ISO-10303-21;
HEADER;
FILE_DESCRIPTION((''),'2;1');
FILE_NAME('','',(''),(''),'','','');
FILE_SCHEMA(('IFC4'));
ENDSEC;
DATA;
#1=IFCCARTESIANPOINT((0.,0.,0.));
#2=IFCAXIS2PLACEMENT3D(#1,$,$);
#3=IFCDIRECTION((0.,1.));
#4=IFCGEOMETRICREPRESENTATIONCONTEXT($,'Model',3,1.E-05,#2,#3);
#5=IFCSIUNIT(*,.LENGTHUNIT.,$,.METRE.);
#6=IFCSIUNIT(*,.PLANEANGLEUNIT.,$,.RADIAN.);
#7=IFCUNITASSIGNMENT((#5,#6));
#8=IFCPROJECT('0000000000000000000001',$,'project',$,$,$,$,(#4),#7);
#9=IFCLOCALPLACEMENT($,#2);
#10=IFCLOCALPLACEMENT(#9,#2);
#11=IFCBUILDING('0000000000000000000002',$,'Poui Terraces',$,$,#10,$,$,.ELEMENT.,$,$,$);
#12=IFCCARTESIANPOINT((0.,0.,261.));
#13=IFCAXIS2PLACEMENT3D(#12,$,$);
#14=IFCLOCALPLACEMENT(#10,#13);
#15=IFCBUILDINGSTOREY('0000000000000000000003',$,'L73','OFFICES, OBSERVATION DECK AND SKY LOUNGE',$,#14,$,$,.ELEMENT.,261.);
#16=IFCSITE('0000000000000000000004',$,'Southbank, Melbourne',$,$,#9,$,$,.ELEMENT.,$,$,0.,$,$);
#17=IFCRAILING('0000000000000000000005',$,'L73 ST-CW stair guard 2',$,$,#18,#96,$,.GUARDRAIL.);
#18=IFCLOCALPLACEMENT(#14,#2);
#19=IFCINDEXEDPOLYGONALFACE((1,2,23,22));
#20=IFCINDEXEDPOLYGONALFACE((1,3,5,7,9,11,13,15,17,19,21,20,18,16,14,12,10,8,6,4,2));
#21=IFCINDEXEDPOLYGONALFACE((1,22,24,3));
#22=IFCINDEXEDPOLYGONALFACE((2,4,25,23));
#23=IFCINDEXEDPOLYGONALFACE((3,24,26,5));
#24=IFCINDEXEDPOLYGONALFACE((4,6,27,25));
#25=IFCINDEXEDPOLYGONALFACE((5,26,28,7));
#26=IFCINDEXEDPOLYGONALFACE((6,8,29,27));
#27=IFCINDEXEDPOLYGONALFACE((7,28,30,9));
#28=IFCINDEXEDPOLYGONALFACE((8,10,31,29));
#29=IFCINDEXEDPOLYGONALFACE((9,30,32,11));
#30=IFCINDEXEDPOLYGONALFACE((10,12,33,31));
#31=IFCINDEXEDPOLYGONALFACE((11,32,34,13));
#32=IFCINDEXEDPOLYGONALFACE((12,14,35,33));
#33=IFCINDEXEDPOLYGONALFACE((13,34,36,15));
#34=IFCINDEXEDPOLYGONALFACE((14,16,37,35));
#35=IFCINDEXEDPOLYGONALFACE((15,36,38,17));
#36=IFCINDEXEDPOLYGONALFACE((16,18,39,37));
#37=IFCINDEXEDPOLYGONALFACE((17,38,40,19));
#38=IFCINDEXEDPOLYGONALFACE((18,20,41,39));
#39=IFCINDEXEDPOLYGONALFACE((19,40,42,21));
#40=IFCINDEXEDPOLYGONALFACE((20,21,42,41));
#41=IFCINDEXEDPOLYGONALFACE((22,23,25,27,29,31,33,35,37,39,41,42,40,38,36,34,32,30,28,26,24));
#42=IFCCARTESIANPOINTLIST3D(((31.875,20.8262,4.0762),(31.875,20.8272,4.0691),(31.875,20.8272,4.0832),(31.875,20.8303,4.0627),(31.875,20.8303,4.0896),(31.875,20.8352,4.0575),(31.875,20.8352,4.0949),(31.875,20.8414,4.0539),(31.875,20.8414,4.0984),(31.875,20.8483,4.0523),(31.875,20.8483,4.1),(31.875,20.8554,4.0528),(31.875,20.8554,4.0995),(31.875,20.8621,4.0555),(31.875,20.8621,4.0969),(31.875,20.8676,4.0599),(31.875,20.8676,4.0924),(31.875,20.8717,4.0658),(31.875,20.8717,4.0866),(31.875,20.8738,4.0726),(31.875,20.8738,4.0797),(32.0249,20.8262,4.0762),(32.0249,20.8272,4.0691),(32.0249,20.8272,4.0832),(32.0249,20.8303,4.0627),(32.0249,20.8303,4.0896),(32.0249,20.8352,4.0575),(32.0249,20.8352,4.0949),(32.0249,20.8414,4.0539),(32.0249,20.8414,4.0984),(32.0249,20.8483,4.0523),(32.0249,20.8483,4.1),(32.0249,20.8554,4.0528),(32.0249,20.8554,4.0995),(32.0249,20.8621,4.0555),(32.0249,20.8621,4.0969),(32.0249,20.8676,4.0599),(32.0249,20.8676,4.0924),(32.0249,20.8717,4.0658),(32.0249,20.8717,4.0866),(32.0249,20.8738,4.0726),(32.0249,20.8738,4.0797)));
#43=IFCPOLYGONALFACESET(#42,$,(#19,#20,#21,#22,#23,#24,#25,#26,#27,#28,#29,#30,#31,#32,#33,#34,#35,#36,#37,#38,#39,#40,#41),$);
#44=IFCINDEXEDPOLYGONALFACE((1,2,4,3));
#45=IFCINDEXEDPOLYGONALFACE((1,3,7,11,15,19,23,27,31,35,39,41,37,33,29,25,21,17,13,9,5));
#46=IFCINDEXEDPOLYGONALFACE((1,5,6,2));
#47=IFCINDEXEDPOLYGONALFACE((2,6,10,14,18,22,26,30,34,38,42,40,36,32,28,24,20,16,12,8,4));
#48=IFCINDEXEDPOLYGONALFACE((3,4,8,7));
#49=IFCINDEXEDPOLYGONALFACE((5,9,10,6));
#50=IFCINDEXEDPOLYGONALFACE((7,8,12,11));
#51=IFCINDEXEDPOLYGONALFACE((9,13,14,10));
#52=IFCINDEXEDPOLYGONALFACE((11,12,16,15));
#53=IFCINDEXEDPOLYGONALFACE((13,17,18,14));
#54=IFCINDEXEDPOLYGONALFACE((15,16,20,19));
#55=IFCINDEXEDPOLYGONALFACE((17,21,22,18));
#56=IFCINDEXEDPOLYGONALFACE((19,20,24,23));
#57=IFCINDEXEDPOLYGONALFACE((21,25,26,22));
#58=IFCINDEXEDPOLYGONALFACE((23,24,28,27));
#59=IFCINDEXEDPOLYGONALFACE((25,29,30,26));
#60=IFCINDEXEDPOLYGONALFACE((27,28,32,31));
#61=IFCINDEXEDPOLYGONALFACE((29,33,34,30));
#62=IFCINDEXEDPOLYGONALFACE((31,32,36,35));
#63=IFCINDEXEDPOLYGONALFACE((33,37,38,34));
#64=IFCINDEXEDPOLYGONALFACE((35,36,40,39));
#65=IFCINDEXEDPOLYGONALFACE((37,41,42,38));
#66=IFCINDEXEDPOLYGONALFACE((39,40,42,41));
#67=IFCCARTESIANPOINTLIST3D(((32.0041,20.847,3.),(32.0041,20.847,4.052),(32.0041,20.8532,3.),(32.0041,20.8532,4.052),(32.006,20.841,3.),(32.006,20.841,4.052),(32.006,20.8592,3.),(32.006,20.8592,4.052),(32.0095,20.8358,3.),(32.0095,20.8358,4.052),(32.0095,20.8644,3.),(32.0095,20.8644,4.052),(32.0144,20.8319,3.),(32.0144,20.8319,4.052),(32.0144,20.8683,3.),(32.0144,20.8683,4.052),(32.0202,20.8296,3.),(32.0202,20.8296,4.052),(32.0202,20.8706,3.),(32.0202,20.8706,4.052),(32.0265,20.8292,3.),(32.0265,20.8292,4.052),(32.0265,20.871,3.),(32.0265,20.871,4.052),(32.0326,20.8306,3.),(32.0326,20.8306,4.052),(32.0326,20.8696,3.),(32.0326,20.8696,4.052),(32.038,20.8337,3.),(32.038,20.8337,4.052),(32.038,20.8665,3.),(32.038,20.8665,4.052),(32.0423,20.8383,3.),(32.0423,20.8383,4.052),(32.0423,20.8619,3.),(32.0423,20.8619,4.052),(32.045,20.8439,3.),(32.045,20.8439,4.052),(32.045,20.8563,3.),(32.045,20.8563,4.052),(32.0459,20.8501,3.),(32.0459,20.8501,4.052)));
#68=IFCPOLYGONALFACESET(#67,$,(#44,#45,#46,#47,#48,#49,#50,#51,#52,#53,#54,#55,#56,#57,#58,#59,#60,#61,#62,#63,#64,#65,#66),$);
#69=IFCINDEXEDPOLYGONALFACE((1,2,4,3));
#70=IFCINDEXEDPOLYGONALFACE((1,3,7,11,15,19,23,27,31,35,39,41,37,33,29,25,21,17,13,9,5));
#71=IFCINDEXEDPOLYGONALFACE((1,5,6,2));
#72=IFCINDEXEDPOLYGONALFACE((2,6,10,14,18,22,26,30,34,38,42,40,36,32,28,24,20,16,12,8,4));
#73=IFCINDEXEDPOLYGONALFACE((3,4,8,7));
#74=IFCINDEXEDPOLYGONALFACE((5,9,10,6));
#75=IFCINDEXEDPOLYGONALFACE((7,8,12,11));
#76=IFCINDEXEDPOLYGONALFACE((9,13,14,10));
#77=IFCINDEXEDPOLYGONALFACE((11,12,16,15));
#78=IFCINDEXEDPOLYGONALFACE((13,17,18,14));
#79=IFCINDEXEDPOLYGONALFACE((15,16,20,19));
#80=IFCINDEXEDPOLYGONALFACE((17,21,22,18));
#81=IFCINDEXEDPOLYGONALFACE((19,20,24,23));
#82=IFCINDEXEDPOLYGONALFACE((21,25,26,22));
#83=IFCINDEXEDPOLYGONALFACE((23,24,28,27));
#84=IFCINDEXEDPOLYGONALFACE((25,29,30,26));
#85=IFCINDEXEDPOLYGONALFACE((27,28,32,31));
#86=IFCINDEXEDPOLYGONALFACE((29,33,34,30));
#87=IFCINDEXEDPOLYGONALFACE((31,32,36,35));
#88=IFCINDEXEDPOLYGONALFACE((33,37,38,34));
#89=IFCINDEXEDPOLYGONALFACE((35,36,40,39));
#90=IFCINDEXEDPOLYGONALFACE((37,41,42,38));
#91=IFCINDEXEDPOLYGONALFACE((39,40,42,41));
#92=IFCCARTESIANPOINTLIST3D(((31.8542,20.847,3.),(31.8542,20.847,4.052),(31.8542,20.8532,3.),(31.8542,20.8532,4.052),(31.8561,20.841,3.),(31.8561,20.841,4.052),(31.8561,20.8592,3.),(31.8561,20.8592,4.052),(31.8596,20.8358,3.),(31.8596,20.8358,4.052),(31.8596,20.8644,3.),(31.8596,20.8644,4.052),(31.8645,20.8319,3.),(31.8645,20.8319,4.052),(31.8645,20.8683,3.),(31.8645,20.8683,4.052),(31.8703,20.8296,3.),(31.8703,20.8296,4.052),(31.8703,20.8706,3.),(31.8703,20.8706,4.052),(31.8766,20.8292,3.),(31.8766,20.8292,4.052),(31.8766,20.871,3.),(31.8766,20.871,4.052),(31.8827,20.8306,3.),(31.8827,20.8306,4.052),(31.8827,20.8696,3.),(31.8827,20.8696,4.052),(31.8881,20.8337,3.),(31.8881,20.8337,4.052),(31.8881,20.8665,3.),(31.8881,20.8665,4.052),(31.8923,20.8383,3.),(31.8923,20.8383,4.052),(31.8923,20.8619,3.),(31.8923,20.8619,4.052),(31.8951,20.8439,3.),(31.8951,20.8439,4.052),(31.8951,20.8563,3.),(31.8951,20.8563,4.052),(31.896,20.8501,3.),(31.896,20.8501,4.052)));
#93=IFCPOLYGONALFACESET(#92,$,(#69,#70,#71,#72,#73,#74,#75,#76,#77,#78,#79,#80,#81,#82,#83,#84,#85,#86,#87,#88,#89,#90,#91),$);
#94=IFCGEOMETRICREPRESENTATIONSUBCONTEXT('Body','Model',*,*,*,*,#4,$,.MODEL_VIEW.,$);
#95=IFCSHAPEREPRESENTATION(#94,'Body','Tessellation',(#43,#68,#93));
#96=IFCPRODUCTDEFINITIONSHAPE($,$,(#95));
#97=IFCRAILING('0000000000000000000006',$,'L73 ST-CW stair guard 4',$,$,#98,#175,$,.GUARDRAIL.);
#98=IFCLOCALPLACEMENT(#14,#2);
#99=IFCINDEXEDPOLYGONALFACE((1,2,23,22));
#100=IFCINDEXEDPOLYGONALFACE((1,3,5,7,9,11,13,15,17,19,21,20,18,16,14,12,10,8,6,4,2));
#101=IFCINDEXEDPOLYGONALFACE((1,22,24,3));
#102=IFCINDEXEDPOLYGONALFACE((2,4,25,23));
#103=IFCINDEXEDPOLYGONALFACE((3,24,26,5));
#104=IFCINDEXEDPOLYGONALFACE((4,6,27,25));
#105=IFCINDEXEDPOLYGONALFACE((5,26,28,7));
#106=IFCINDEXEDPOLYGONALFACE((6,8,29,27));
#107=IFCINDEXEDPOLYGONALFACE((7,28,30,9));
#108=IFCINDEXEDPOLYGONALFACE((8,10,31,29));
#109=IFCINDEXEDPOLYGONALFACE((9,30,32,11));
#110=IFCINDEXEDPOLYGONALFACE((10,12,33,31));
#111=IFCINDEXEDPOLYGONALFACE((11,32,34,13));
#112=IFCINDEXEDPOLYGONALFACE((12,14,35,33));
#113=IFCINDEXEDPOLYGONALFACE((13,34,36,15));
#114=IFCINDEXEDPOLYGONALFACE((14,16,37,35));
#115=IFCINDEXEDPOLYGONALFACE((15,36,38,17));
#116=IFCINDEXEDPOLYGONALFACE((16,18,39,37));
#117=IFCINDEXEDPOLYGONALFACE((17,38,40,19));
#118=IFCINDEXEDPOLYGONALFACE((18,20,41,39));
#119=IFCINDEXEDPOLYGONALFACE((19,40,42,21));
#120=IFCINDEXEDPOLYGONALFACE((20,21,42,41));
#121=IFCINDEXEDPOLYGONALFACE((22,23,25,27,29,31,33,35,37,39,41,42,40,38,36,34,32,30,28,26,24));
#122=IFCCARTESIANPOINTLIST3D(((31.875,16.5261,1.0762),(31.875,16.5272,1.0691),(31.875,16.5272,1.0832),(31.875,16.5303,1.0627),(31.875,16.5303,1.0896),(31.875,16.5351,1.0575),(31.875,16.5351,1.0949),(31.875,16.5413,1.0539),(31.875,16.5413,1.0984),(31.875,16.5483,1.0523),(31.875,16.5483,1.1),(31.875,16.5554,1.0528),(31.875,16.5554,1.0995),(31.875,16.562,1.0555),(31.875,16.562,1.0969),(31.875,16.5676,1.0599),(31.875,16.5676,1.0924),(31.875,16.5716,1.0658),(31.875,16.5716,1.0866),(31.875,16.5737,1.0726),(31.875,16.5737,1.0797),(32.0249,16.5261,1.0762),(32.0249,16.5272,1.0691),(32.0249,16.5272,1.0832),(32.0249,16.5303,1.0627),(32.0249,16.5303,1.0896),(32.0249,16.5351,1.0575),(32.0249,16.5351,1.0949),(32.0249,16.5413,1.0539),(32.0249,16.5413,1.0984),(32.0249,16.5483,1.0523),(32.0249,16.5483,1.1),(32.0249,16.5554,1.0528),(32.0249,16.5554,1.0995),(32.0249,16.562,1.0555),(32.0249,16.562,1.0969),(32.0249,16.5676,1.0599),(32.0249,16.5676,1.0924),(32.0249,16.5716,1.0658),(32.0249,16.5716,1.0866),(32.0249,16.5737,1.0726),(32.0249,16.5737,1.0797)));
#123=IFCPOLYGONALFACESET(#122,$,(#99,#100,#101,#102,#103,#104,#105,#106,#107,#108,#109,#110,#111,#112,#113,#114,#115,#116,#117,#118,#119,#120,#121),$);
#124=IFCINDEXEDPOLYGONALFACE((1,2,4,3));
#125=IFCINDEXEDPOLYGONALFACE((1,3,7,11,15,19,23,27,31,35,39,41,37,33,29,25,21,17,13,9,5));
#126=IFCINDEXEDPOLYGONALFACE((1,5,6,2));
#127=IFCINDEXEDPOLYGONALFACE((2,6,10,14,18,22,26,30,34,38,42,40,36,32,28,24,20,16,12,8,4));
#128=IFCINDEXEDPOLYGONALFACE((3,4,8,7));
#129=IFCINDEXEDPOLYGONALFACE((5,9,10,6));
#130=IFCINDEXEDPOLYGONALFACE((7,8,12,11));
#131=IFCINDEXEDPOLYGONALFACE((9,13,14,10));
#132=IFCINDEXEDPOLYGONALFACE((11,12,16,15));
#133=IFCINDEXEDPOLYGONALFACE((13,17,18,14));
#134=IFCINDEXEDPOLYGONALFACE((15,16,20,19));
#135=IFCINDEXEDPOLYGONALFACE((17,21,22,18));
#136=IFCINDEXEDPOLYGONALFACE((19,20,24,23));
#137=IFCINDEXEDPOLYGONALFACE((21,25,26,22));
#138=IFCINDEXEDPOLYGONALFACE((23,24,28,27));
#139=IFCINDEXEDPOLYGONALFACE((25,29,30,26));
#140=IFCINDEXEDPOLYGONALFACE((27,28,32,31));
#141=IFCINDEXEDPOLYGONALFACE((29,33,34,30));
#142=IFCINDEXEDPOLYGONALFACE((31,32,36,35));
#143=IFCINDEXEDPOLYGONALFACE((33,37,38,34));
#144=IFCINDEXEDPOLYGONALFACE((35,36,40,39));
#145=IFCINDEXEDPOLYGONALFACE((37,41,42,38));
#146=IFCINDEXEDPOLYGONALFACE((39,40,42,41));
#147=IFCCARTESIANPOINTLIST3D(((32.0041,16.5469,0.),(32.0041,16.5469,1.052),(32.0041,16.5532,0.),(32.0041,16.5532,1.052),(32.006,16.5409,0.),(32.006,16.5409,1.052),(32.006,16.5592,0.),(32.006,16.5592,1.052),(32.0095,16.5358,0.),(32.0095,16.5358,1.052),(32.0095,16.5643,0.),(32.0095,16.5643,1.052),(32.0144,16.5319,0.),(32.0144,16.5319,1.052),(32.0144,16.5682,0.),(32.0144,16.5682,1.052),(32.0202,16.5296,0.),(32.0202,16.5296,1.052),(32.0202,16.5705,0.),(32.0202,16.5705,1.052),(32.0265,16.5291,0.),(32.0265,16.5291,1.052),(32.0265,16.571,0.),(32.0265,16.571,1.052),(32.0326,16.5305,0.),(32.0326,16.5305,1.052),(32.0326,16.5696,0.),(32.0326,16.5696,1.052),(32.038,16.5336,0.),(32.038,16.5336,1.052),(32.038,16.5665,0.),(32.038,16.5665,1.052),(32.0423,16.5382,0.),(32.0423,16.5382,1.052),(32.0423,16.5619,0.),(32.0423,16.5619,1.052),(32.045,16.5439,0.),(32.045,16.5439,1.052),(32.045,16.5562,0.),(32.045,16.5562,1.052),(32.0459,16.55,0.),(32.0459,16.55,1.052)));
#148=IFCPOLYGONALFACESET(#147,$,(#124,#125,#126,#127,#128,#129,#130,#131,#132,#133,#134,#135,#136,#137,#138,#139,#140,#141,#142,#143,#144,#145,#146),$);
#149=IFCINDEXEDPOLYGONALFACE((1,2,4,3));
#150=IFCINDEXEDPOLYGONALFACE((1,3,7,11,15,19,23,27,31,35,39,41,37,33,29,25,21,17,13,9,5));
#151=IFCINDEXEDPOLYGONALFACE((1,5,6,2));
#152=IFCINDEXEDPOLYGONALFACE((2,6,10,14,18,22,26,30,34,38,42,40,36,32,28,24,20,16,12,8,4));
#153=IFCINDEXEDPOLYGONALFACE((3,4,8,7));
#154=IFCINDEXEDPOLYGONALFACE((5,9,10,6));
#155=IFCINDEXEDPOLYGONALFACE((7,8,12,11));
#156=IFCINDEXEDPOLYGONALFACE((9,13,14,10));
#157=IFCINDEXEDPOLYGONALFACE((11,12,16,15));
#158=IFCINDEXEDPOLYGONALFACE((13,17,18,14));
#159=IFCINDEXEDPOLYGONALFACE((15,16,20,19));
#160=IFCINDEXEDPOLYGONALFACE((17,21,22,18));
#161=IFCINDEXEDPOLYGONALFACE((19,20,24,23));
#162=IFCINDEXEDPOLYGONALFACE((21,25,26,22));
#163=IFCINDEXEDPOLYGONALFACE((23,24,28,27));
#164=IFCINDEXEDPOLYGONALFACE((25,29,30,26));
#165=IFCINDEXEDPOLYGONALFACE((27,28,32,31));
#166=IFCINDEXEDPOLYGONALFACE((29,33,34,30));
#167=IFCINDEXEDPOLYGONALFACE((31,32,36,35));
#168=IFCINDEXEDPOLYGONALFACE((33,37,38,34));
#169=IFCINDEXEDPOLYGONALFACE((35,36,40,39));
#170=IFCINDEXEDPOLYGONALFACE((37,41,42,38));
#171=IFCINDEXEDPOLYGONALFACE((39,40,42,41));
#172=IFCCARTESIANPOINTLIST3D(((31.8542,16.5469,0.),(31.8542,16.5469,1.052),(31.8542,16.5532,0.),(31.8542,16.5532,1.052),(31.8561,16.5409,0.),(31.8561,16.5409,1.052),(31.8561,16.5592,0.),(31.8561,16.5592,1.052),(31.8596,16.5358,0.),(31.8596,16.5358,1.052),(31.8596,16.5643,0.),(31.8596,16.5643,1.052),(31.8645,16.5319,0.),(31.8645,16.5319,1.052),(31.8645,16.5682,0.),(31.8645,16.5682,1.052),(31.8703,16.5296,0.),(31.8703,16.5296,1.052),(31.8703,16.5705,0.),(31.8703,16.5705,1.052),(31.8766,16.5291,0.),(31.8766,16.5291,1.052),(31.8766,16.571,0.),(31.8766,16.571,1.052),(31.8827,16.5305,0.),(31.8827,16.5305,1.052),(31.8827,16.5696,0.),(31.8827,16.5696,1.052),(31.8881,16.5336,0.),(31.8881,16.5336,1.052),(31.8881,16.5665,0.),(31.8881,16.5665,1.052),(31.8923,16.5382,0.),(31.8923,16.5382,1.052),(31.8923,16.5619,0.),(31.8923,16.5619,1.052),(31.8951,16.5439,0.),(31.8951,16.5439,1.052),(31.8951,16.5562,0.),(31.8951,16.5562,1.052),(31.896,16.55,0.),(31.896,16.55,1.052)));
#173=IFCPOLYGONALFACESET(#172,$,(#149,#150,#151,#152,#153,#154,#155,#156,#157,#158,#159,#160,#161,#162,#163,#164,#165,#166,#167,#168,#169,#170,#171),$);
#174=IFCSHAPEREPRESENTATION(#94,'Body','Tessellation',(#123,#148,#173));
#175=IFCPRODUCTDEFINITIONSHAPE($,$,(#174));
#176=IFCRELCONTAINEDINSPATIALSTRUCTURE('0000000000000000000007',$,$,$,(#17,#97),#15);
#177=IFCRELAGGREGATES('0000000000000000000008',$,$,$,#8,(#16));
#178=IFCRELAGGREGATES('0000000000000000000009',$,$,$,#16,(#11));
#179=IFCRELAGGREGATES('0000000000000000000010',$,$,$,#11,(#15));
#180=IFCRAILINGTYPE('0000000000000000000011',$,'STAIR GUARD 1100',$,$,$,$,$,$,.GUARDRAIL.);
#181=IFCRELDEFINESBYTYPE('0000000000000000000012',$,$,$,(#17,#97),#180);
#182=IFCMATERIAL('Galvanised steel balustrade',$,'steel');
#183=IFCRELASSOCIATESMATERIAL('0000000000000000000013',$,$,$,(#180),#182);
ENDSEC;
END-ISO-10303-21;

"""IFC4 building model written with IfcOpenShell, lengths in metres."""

from ifc_helpers import new_model, si_unit, direction, frame, origin, origin_2d, place, context, subcontext, project, spatial, circle, extrude, material, type_object, element, save


model = new_model("IFC4")

# Units and contexts
model_context = context("Model", 3, precision=1e-05, world=origin(), true_north=direction((0.0, 1.0)))
body_context = subcontext(model_context, "Body", "Model", "MODEL_VIEW")
ifc_project = project(units=[si_unit("LENGTHUNIT", "METRE"), si_unit("PLANEANGLEUNIT", "RADIAN")], contexts=[model_context])

# Site, building, storey
site_placement = place(None, origin())
site = spatial("IfcSite", under=ifc_project, at=site_placement, Name="Southbank, Melbourne", CompositionType="ELEMENT", RefElevation=0.0)
building_placement = place(site_placement, origin())
building = spatial("IfcBuilding", under=site, at=building_placement, Name="Poui Terraces", CompositionType="ELEMENT")
storey_placement = place(building_placement, frame((0.0, 0.0, 261.0)))
storey = spatial("IfcBuildingStorey", under=building, at=storey_placement, Name="L73", Description="OFFICES, OBSERVATION DECK AND SKY LOUNGE", CompositionType="ELEMENT", Elevation=261.0)

# Railings
ifc_material_1 = material(Name="Galvanised steel balustrade", Category="steel")
railing_type_1 = type_object("IfcRailingType", Name="STAIR GUARD 1100", PredefinedType="GUARDRAIL", material=ifc_material_1)
railing_1_placement = place(storey_placement, frame((32.0249, 20.8501, 3.0)))
element("IfcRailing", 1, at=railing_1_placement, inside=storey, type_object=railing_type_1, Name="L73 ST-CW stair guard 2", PredefinedType="GUARDRAIL", context=body_context, shape_type="SweptSolid", body=[
    extrude(circle(Radius=0.0239, at=origin_2d()), frame((0.0, 0.0, 1.0762), z_axis=(-1.0, 0.0, 0.0), x_axis=(0.0, -1.0, 0.0)), (0.0, 0.0, 1.0), 0.1499),
    extrude(circle(Radius=0.021, at=origin_2d()), origin(), (0.0, 0.0, 1.0), 1.052),
    extrude(circle(Radius=0.021, at=origin_2d()), frame((-0.1499, 0.0, 0.0)), (0.0, 0.0, 1.0), 1.052),
])
railing_2_placement = place(storey_placement, frame((32.0249, 16.55, 0.0)))
element("IfcRailing", 2, at=railing_2_placement, inside=storey, type_object=railing_type_1, Name="L73 ST-CW stair guard 4", PredefinedType="GUARDRAIL", context=body_context, shape_type="SweptSolid", body=[
    extrude(circle(Radius=0.0239, at=origin_2d()), frame((0.0, 0.0, 1.0762), z_axis=(-1.0, 0.0, 0.0), x_axis=(0.0, -1.0, 0.0)), (0.0, 0.0, 1.0), 0.1499),
    extrude(circle(Radius=0.021, at=origin_2d()), origin(), (0.0, 0.0, 1.0), 1.052),
    extrude(circle(Radius=0.021, at=origin_2d()), frame((-0.1499, 0.0, 0.0)), (0.0, 0.0, 1.0), 1.052),
])

save(model, "model.ifc")
